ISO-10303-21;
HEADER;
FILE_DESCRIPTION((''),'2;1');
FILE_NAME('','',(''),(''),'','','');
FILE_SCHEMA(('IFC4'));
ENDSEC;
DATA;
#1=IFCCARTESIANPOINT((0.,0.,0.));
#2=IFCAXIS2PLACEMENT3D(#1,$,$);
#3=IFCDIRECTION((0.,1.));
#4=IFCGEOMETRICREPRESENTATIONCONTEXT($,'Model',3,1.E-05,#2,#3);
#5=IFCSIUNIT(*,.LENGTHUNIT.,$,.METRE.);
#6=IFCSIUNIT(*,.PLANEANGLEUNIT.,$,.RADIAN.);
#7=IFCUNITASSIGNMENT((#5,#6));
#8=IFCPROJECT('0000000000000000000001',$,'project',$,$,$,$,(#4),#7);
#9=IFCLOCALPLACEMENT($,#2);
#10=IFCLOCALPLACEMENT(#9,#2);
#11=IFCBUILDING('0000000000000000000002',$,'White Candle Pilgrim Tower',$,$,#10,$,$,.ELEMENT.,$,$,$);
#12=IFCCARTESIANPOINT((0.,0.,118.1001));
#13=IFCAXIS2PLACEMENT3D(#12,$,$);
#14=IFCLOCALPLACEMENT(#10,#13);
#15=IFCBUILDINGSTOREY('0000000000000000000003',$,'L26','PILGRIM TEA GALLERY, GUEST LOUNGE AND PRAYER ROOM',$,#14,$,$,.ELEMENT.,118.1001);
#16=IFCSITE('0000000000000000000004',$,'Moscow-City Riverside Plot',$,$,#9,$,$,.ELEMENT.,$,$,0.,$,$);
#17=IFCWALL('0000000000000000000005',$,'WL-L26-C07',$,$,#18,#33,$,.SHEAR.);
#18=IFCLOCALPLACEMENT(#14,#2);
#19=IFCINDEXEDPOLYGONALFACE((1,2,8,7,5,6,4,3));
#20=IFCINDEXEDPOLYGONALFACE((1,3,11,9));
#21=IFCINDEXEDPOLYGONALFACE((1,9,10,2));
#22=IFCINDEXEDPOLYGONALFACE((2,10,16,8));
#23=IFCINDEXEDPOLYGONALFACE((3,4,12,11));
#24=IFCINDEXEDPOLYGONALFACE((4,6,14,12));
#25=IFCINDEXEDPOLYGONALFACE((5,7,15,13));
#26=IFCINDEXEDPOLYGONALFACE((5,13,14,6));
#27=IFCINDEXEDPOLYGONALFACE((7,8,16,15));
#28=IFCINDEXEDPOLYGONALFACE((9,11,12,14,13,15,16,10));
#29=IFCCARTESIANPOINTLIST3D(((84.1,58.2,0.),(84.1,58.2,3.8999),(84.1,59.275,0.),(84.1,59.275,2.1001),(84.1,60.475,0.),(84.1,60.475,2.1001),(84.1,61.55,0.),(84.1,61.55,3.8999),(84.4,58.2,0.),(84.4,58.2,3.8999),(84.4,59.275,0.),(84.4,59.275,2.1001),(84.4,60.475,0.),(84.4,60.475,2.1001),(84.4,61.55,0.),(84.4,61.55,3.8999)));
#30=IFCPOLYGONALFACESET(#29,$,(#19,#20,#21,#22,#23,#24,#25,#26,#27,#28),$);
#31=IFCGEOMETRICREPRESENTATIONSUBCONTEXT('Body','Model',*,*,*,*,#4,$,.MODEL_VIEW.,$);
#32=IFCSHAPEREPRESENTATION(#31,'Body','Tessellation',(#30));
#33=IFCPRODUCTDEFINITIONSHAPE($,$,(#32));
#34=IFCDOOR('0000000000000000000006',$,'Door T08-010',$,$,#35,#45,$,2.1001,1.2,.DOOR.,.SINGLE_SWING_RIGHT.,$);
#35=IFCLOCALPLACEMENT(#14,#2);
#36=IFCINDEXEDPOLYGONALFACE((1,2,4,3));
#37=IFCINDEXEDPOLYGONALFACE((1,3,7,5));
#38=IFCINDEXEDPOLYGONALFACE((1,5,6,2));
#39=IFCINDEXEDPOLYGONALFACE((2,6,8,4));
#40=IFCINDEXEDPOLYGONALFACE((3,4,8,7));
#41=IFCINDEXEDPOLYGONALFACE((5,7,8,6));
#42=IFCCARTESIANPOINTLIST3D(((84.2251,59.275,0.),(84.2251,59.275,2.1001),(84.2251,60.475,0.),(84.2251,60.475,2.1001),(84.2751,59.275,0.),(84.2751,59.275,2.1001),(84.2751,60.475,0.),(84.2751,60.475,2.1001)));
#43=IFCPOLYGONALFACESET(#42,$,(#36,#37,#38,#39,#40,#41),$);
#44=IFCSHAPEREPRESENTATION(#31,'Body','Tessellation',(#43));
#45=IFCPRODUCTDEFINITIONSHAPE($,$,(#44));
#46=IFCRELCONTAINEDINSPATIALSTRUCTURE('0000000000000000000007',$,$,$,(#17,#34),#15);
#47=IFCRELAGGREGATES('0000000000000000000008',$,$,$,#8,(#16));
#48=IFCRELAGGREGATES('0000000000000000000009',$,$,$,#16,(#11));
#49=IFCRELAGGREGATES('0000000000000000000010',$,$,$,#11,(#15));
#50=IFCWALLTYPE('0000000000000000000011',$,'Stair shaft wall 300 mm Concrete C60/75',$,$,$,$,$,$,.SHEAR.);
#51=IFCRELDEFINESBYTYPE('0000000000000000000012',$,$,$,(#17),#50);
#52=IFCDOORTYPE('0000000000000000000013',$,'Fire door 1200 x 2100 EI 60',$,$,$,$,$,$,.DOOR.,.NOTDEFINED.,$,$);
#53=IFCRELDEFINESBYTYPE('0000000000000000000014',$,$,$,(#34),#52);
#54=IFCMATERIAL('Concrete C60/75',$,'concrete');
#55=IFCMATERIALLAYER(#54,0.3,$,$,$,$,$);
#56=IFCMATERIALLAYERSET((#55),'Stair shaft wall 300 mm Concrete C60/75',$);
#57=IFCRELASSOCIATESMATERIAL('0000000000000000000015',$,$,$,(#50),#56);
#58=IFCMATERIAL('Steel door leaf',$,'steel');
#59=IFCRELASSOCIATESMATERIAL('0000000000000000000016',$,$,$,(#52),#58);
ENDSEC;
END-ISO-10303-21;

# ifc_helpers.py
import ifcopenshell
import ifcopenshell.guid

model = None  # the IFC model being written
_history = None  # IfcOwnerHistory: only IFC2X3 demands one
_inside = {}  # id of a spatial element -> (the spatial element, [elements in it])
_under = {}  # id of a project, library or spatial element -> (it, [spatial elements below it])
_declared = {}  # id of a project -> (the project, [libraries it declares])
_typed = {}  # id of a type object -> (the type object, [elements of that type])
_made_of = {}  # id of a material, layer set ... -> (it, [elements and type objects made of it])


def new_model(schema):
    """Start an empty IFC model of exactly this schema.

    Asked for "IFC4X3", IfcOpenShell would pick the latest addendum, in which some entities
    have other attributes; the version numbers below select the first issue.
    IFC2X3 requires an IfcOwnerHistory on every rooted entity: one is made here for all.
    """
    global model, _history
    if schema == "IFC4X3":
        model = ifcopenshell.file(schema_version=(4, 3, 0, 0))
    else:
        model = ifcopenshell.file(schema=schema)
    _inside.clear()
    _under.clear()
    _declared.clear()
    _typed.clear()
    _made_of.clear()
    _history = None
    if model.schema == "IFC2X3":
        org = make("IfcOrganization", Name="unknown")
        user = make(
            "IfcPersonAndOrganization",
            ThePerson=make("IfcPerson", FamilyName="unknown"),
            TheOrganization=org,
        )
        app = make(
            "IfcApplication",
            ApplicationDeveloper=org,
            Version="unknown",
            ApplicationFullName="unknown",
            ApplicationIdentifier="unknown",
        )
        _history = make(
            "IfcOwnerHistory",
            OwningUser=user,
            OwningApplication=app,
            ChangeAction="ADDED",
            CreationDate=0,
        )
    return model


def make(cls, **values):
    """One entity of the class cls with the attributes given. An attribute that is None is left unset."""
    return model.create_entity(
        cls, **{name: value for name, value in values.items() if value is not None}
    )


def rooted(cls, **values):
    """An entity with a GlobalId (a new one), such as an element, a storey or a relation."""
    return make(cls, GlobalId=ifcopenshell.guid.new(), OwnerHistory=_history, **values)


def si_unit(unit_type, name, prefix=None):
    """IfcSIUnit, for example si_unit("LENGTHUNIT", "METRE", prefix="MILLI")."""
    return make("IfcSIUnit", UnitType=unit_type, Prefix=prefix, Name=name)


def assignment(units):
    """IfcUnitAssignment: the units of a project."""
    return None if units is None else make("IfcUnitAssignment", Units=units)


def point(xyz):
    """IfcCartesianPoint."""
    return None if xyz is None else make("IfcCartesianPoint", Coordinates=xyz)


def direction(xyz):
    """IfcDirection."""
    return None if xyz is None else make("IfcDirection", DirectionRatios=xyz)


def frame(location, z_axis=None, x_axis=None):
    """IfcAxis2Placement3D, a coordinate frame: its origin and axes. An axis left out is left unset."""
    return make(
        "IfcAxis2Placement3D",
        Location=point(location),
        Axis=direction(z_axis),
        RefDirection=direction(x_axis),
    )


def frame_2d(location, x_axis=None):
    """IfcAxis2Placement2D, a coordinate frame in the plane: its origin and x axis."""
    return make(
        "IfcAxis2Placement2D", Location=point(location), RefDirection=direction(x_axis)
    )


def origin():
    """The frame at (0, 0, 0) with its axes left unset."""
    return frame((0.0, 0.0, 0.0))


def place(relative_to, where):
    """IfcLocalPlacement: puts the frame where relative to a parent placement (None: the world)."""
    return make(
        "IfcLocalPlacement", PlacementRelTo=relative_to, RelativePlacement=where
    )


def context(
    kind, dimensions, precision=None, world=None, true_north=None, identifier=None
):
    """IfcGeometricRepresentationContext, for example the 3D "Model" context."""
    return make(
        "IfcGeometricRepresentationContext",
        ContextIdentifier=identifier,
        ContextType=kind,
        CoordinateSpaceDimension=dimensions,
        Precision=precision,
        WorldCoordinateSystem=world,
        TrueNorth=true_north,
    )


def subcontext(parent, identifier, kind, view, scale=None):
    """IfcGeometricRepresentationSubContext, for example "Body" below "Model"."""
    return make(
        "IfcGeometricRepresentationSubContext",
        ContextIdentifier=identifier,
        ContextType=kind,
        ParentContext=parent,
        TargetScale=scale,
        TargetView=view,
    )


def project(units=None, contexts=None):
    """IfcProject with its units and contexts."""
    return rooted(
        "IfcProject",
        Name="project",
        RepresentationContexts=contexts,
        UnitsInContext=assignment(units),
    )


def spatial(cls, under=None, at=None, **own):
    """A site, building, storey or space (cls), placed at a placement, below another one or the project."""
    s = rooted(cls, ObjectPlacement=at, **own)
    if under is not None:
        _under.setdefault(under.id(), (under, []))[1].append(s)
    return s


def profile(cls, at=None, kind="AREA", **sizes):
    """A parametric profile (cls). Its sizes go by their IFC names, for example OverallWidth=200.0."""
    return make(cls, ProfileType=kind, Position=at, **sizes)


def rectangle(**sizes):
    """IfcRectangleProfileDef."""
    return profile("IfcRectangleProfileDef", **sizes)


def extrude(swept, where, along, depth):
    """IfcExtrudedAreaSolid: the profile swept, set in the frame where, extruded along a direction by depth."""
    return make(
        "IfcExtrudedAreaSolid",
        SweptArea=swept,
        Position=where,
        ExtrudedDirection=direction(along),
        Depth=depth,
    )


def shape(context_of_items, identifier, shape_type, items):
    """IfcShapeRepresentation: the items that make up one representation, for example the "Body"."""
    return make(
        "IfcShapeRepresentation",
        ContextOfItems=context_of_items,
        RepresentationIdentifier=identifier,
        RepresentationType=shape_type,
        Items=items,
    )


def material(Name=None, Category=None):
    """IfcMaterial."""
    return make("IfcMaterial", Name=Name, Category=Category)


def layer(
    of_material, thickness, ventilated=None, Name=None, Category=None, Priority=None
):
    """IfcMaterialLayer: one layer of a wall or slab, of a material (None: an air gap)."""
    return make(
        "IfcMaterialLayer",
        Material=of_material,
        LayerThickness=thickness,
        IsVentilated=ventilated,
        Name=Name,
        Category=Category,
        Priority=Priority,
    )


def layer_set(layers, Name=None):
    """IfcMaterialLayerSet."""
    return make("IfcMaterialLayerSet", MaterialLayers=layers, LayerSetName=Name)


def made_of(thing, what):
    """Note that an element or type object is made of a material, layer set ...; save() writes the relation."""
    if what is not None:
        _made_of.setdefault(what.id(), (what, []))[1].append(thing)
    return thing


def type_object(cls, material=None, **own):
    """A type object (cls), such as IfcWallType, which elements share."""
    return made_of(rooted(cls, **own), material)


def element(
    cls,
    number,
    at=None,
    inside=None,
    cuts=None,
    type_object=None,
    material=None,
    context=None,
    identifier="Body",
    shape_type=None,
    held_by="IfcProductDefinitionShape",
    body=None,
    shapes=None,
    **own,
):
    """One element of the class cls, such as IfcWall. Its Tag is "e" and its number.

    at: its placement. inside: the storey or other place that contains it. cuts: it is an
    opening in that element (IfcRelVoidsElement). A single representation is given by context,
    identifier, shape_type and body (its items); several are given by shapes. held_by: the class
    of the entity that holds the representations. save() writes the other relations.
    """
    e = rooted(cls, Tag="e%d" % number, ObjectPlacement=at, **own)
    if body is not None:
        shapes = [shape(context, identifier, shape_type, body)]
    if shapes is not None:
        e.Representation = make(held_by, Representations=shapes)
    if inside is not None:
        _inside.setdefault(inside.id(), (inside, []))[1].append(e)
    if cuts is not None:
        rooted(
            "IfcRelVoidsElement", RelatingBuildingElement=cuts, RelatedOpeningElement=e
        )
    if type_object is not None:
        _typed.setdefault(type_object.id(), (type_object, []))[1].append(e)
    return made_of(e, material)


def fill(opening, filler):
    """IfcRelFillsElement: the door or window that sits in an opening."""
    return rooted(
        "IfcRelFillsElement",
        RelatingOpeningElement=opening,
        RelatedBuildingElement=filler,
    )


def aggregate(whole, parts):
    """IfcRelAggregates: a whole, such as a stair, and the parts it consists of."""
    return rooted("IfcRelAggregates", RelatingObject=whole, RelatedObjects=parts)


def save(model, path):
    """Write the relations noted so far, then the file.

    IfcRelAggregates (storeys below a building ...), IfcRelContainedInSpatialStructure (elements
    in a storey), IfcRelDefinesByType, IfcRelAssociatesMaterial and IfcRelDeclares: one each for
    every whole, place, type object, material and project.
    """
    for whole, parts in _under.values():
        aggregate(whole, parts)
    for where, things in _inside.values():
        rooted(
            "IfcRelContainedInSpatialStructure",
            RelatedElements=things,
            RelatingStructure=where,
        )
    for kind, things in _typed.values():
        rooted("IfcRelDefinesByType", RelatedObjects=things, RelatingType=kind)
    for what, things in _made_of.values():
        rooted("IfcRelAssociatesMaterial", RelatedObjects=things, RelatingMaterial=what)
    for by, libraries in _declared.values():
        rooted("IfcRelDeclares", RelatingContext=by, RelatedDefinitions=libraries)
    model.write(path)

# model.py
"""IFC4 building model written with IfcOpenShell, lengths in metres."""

from ifc_helpers import new_model, si_unit, direction, frame, frame_2d, origin, place, context, subcontext, project, spatial, rectangle, extrude, material, layer, layer_set, type_object, element, fill, save


model = new_model("IFC4")

# Units and contexts
model_context = context("Model", 3, precision=1e-05, world=origin(), true_north=direction((0.0, 1.0)))
body_context = subcontext(model_context, "Body", "Model", "MODEL_VIEW")
ifc_project = project(units=[si_unit("LENGTHUNIT", "METRE"), si_unit("PLANEANGLEUNIT", "RADIAN")], contexts=[model_context])

# Site, building, storey
site_placement = place(None, origin())
site = spatial("IfcSite", under=ifc_project, at=site_placement, Name="Moscow-City Riverside Plot", CompositionType="ELEMENT", RefElevation=0.0)
building_placement = place(site_placement, origin())
building = spatial("IfcBuilding", under=site, at=building_placement, Name="White Candle Pilgrim Tower", CompositionType="ELEMENT")
storey_placement = place(building_placement, frame((0.0, 0.0, 118.1001)))
storey = spatial("IfcBuildingStorey", under=building, at=storey_placement, Name="L26", Description="PILGRIM TEA GALLERY, GUEST LOUNGE AND PRAYER ROOM", CompositionType="ELEMENT", Elevation=118.1001)

# Shared definitions
ifc_material_1 = material(Name="Steel door leaf", Category="steel")

# Wall, opening, door
ifc_material_2 = material(Name="Concrete C60/75", Category="concrete")
ifc_layer_1 = layer(ifc_material_2, 0.3)
ifc_layer_set_1 = layer_set([ifc_layer_1], Name="Stair shaft wall 300 mm Concrete C60/75")
wall_type_1 = type_object("IfcWallType", Name="Stair shaft wall 300 mm Concrete C60/75", PredefinedType="SHEAR", material=ifc_layer_set_1)
wall_1_placement = place(storey_placement, frame((84.25, 58.2, 0.0), z_axis=(0.0, 0.0, 1.0), x_axis=(0.0, 1.0, 0.0)))
wall_1 = element("IfcWall", 1, at=wall_1_placement, inside=storey, type_object=wall_type_1, Name="WL-L26-C07", PredefinedType="SHEAR", context=body_context, shape_type="SweptSolid", body=[
    extrude(rectangle(XDim=3.3501, YDim=0.3, at=frame_2d((1.675, 0.0))), origin(), (0.0, 0.0, 1.0), 3.8999),
])
opening_1_placement = place(wall_1_placement, frame((1.075, 0.0, 0.0)))
opening_1 = element("IfcOpeningElement", 2, at=opening_1_placement, cuts=wall_1, PredefinedType="OPENING", context=body_context, shape_type="SweptSolid", body=[
    extrude(rectangle(XDim=1.2, YDim=2.1001, at=frame_2d((0.6001, 1.05))), frame((0.0, 0.1599, 0.0), z_axis=(0.0, -1.0, 0.0), x_axis=(1.0, 0.0, 0.0)), (0.0, 0.0, 1.0), 0.3201),
])
door_type_1 = type_object("IfcDoorType", Name="Fire door 1200 x 2100 EI 60", OperationType="NOTDEFINED", PredefinedType="DOOR", material=ifc_material_1)
door_1_placement = place(opening_1_placement, origin())
door_1 = element("IfcDoor", 3, at=door_1_placement, inside=storey, type_object=door_type_1, Name="Door T08-010", OperationType="SINGLE_SWING_RIGHT", OverallHeight=2.1001, OverallWidth=1.2, PredefinedType="DOOR", context=body_context, shape_type="SweptSolid", body=[
    extrude(rectangle(XDim=1.2, YDim=2.1001, at=frame_2d((0.6001, 1.05))), frame((0.0, 0.0249, 0.0), z_axis=(0.0, -1.0, 0.0), x_axis=(1.0, 0.0, 0.0)), (0.0, 0.0, 1.0), 0.05),
])
fill(opening_1, door_1)

save(model, "model.ifc")
